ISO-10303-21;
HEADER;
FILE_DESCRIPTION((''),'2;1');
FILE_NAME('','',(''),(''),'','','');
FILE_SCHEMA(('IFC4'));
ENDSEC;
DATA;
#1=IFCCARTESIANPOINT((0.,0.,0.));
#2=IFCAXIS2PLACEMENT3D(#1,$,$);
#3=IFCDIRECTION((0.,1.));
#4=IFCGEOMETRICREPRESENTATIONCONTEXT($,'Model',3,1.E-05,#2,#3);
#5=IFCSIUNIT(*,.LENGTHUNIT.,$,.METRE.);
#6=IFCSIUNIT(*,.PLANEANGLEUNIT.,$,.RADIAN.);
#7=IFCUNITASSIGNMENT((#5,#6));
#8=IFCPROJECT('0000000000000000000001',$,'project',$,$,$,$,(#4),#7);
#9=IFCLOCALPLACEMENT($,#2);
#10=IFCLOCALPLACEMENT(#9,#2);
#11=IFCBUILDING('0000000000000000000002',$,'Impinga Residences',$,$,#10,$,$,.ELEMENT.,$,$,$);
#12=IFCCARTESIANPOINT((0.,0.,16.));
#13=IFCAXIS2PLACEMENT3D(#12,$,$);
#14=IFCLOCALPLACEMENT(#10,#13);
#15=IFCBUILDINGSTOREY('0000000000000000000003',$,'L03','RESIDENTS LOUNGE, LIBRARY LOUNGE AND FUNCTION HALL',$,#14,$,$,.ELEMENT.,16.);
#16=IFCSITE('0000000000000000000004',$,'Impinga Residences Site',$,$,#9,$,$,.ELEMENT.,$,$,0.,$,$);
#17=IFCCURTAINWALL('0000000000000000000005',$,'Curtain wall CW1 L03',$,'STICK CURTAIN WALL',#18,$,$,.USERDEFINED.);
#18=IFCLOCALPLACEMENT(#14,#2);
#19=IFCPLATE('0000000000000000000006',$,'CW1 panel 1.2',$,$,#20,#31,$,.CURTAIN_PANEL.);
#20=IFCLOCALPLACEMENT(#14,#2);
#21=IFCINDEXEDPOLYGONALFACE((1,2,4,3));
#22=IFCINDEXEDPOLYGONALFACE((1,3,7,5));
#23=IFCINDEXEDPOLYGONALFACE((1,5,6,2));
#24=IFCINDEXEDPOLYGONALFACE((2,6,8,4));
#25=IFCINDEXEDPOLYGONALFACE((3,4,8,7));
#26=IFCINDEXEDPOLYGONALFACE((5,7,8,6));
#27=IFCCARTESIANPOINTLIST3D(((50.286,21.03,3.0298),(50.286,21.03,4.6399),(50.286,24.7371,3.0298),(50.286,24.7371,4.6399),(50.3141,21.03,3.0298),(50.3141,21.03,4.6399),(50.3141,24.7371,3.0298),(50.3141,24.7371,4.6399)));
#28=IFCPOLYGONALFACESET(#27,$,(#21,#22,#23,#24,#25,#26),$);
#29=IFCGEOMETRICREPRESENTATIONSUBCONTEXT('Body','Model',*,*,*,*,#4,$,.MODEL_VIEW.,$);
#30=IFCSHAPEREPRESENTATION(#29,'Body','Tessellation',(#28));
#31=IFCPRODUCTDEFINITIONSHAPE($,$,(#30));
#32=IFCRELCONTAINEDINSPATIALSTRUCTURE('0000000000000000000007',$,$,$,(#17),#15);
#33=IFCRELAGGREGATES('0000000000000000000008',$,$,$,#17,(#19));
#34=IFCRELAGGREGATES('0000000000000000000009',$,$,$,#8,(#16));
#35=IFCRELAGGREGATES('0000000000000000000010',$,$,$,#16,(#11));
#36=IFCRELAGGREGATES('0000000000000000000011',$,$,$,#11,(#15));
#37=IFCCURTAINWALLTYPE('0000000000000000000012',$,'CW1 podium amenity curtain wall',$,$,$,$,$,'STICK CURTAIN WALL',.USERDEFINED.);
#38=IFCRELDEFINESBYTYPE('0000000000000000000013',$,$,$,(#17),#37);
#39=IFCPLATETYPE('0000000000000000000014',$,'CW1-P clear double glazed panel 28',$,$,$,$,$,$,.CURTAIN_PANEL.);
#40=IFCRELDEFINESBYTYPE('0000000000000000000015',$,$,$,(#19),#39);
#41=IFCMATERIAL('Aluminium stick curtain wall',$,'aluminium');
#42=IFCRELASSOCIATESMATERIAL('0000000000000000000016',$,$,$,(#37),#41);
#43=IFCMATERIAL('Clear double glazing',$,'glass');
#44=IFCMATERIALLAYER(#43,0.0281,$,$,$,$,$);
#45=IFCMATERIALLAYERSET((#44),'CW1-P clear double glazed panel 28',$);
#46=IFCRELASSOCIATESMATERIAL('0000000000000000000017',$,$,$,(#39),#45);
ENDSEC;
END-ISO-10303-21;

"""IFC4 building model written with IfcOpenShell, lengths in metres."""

from ifc_helpers import new_model, si_unit, direction, frame, origin, origin_2d, place, context, subcontext, project, spatial, rectangle, extrude, material, layer, layer_set, type_object, element, aggregate, save


model = new_model("IFC4")

# Units and contexts
model_context = context("Model", 3, precision=1e-05, world=origin(), true_north=direction((0.0, 1.0)))
body_context = subcontext(model_context, "Body", "Model", "MODEL_VIEW")
ifc_project = project(units=[si_unit("LENGTHUNIT", "METRE"), si_unit("PLANEANGLEUNIT", "RADIAN")], contexts=[model_context])

# Site, building, storey
site_placement = place(None, origin())
site = spatial("IfcSite", under=ifc_project, at=site_placement, Name="Impinga Residences Site", CompositionType="ELEMENT", RefElevation=0.0)
building_placement = place(site_placement, origin())
building = spatial("IfcBuilding", under=site, at=building_placement, Name="Impinga Residences", CompositionType="ELEMENT")
storey_placement = place(building_placement, frame((0.0, 0.0, 16.0)))
storey = spatial("IfcBuildingStorey", under=building, at=storey_placement, Name="L03", Description="RESIDENTS LOUNGE, LIBRARY LOUNGE AND FUNCTION HALL", CompositionType="ELEMENT", Elevation=16.0)

# Shared definitions
ifc_material_1 = material(Name="Aluminium stick curtain wall", Category="aluminium")
curtain_wall_type = type_object("IfcCurtainWallType", Name="CW1 podium amenity curtain wall", ElementType="STICK CURTAIN WALL", PredefinedType="USERDEFINED", material=ifc_material_1)

# Curtain wall
curtain_wall_1_placement = place(storey_placement, origin())
curtain_wall_1 = element("IfcCurtainWall", 1, at=curtain_wall_1_placement, inside=storey, type_object=curtain_wall_type, Name="Curtain wall CW1 L03", ObjectType="STICK CURTAIN WALL", PredefinedType="USERDEFINED")

# Plate
ifc_material_2 = material(Name="Clear double glazing", Category="glass")
ifc_layer = layer(ifc_material_2, 0.0281)
ifc_layer_set = layer_set([ifc_layer], Name="CW1-P clear double glazed panel 28")
plate_type = type_object("IfcPlateType", Name="CW1-P clear double glazed panel 28", PredefinedType="CURTAIN_PANEL", material=ifc_layer_set)
plate_1_placement = place(storey_placement, frame((50.3, 22.8835, 3.0298), z_axis=(0.0, 0.0, 1.0), x_axis=(0.0, -1.0, 0.0)))
plate_1 = element("IfcPlate", 2, at=plate_1_placement, type_object=plate_type, Name="CW1 panel 1.2", PredefinedType="CURTAIN_PANEL", context=body_context, shape_type="SweptSolid", body=[
    extrude(rectangle(XDim=3.707, YDim=0.0281, at=origin_2d()), origin(), (0.0, 0.0, 1.0), 1.6101),
])
aggregate(curtain_wall_1, [plate_1])

save(model, "model.ifc")
